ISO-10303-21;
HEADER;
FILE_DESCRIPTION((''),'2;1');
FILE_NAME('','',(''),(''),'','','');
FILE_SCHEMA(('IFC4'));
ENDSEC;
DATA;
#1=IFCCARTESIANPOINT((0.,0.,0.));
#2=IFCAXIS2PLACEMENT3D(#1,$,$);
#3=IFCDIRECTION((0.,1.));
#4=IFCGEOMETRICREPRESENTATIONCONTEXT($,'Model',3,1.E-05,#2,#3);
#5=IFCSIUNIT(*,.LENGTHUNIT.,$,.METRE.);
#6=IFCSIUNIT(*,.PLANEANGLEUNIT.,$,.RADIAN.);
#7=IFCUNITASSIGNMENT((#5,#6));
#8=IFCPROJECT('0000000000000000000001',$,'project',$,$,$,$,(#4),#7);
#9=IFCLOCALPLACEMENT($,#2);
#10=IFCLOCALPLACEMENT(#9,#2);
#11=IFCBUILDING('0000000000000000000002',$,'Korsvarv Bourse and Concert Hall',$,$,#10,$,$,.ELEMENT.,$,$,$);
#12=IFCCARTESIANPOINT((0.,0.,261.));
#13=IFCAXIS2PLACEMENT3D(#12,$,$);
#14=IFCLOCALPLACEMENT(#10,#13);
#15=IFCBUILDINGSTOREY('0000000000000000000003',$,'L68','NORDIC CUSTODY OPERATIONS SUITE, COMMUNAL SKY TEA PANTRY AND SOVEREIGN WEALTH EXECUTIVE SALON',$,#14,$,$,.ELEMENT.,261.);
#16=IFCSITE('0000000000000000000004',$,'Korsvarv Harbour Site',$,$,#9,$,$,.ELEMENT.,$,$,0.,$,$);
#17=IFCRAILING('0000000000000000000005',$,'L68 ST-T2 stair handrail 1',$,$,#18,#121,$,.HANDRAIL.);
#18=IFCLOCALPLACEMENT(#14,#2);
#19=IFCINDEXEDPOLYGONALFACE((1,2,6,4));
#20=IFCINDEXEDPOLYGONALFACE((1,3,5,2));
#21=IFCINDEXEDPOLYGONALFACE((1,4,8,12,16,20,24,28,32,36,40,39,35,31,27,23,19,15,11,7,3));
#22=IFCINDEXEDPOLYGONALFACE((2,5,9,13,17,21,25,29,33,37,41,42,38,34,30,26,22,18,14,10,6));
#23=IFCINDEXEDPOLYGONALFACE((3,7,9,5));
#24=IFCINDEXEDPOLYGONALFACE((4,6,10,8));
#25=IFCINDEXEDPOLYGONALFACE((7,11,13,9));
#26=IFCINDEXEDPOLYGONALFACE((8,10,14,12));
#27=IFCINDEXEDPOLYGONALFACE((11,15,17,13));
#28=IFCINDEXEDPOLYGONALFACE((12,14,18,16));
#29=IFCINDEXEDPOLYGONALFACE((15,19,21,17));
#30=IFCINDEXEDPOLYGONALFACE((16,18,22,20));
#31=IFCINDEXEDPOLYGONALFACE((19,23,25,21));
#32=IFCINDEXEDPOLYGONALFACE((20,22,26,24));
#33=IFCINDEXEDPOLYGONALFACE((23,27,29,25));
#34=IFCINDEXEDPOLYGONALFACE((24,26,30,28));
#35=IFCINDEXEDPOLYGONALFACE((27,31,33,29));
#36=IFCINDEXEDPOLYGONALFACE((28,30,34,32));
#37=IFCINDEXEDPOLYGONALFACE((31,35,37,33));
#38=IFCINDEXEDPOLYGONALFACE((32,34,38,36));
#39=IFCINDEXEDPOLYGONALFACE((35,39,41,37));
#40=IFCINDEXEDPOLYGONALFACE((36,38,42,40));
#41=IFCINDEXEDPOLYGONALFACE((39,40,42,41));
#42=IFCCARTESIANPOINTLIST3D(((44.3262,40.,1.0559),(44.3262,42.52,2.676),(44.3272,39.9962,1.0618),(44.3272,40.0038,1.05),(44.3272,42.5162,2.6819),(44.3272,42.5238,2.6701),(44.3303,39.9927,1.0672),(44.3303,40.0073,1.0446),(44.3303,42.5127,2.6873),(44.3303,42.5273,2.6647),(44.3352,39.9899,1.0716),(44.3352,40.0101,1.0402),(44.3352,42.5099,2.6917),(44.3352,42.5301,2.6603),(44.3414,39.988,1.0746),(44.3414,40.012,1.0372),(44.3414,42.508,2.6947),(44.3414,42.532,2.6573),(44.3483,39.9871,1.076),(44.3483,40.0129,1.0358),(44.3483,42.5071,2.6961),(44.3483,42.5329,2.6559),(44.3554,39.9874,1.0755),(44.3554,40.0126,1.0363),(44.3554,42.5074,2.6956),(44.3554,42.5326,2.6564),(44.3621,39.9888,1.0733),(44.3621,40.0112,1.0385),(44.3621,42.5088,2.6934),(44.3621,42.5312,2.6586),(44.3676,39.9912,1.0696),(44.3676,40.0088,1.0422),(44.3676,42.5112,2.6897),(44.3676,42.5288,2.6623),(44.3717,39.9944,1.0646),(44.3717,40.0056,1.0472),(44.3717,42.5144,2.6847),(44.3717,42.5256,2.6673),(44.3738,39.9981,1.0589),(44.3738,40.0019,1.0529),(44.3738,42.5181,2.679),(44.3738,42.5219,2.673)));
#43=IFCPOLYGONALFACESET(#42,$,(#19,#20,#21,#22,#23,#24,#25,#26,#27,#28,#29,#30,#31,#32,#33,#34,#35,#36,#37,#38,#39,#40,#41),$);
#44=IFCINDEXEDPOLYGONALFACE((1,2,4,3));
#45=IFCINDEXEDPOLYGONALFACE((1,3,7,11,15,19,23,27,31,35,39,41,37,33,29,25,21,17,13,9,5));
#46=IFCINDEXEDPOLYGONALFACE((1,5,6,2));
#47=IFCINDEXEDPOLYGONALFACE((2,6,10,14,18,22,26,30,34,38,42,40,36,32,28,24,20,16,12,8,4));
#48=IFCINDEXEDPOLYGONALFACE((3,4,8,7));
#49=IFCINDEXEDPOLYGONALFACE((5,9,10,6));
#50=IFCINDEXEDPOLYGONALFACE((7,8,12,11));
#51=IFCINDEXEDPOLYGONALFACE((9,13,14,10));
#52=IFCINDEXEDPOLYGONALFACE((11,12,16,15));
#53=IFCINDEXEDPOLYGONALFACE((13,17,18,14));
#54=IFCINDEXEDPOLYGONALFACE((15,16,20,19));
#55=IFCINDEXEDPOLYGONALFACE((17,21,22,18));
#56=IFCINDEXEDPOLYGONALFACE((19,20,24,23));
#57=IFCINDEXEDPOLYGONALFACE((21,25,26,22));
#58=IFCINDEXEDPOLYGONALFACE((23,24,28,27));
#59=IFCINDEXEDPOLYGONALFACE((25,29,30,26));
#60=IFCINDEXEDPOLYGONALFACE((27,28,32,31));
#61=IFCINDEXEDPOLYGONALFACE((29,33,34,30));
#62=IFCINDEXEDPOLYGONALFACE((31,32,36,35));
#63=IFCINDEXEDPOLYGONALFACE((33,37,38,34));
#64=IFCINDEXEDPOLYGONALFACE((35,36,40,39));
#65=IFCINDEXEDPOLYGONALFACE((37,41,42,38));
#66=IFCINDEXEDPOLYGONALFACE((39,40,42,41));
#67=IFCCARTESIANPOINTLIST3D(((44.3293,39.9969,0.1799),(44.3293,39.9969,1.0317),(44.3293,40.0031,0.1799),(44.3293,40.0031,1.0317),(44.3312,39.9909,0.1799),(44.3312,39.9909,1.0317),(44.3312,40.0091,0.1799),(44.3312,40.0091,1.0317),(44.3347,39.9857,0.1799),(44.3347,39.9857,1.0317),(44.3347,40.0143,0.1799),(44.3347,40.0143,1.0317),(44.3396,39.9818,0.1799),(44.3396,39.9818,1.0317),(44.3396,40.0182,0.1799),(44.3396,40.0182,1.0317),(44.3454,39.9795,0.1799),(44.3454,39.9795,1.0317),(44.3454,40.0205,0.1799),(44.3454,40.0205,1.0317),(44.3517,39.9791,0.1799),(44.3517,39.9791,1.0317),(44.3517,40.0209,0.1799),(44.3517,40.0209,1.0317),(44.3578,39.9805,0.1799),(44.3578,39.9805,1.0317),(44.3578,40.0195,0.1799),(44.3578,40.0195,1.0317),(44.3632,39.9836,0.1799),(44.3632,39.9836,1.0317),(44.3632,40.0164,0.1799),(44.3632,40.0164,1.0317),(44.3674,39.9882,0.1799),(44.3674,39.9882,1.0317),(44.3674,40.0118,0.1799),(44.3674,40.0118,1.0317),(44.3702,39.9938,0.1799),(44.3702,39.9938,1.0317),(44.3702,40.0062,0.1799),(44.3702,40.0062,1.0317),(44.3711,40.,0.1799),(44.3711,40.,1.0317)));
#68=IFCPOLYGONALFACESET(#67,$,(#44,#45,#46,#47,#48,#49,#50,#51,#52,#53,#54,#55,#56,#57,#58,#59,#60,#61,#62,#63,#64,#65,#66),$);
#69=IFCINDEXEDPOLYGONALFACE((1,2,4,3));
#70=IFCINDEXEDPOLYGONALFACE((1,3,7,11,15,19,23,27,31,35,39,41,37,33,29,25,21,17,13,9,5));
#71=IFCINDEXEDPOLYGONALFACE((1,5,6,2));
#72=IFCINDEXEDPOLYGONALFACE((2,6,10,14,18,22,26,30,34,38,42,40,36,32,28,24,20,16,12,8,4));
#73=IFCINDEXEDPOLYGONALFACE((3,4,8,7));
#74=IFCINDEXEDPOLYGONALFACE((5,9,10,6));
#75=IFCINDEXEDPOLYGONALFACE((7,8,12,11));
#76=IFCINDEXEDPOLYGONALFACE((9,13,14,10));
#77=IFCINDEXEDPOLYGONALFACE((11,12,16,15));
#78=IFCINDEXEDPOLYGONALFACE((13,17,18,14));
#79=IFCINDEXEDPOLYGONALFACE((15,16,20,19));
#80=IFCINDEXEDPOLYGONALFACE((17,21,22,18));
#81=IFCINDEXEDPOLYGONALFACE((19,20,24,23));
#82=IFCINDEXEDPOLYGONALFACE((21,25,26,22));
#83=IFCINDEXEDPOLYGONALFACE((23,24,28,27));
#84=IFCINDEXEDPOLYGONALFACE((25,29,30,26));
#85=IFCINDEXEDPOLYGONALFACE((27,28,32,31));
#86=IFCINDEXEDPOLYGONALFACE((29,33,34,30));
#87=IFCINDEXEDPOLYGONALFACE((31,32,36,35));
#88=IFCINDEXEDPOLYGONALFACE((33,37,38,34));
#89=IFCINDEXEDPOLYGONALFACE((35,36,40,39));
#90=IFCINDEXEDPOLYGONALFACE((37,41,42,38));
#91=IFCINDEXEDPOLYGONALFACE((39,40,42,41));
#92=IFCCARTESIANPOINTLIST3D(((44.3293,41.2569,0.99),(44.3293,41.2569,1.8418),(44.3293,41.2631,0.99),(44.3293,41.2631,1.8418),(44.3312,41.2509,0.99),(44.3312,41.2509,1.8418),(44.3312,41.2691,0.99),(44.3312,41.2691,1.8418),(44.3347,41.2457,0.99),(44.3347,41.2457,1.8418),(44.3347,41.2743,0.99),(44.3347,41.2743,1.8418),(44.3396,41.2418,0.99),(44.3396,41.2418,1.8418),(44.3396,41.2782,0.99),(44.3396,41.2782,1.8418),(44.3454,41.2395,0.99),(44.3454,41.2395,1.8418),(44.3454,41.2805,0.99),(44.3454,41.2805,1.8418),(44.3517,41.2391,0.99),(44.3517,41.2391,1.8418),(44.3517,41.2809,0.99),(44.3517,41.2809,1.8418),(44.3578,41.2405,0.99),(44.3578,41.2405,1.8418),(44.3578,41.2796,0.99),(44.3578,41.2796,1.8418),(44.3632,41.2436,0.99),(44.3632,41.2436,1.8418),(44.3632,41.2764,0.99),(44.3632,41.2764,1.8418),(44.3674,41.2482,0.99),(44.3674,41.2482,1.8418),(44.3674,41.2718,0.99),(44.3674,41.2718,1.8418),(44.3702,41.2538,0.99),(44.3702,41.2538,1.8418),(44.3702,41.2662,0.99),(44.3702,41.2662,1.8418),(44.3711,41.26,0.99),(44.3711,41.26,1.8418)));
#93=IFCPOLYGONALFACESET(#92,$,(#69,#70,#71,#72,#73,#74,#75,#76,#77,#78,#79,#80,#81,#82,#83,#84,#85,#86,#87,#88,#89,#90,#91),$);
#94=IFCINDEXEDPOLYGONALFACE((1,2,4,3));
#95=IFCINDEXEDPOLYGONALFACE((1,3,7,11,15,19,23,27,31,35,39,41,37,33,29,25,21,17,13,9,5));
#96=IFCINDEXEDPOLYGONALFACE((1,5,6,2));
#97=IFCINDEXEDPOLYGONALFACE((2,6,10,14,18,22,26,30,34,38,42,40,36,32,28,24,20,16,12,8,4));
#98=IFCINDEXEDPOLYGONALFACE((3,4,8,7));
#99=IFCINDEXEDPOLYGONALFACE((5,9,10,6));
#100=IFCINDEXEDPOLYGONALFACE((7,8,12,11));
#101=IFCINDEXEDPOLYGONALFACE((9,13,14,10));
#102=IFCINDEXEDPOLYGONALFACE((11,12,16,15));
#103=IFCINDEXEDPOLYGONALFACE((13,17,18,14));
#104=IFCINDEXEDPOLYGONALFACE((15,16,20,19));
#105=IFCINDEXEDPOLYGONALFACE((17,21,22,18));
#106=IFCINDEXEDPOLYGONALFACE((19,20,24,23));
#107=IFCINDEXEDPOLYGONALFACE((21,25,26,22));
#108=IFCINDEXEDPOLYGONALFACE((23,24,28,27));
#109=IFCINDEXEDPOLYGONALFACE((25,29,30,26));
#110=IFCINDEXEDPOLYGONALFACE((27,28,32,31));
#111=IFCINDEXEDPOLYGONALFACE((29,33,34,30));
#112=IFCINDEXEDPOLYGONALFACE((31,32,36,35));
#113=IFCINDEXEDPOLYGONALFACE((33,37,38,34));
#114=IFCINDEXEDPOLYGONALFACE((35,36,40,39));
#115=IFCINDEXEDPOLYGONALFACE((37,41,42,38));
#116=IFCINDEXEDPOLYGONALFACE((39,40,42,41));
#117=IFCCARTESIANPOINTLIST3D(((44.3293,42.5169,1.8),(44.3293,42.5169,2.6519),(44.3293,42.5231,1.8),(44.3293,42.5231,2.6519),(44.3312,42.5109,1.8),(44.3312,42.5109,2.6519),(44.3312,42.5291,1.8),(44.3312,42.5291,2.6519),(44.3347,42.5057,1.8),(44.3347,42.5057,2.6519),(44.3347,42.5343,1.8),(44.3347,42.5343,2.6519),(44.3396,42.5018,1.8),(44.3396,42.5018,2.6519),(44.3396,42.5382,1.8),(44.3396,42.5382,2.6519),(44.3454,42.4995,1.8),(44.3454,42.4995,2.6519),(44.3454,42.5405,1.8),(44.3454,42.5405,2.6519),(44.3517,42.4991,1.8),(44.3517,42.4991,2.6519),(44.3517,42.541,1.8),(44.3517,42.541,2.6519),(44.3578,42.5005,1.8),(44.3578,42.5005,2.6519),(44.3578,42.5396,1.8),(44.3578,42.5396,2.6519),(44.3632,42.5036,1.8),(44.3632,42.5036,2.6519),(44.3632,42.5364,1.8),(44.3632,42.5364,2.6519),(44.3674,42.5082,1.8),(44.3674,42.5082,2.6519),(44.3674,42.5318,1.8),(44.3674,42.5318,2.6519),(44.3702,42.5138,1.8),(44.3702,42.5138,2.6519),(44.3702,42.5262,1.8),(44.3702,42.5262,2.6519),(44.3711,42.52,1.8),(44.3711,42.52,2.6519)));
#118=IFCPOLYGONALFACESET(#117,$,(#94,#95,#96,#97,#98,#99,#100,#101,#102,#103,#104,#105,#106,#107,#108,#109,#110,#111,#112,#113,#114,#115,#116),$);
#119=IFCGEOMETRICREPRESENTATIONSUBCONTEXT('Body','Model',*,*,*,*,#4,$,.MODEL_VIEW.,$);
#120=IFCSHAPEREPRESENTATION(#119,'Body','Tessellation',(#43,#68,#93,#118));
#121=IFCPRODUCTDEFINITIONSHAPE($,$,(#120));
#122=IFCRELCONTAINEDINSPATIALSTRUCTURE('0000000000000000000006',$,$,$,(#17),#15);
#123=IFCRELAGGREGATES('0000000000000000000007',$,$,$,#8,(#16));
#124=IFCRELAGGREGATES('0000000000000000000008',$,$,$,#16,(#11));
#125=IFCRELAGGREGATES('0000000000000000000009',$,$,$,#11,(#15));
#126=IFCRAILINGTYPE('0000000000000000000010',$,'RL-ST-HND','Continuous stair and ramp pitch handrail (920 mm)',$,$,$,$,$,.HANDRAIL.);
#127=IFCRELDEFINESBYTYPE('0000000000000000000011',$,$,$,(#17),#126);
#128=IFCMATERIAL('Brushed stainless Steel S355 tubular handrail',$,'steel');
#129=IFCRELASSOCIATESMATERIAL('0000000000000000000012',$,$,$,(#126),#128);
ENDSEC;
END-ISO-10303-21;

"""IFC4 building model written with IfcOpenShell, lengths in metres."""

from ifc_helpers import new_model, si_unit, direction, frame, origin, origin_2d, place, context, subcontext, project, spatial, circle, extrude, material, type_object, element, save


model = new_model("IFC4")

# Units and contexts
model_context = context("Model", 3, precision=1e-05, world=origin(), true_north=direction((0.0, 1.0)))
body_context = subcontext(model_context, "Body", "Model", "MODEL_VIEW")
ifc_project = project(units=[si_unit("LENGTHUNIT", "METRE"), si_unit("PLANEANGLEUNIT", "RADIAN")], contexts=[model_context])

# Site, building, storey
site_placement = place(None, origin())
site = spatial("IfcSite", under=ifc_project, at=site_placement, Name="Korsvarv Harbour Site", CompositionType="ELEMENT", RefElevation=0.0)
building_placement = place(site_placement, origin())
building = spatial("IfcBuilding", under=site, at=building_placement, Name="Korsvarv Bourse and Concert Hall", CompositionType="ELEMENT")
storey_placement = place(building_placement, frame((0.0, 0.0, 261.0)))
storey = spatial("IfcBuildingStorey", under=building, at=storey_placement, Name="L68", Description="NORDIC CUSTODY OPERATIONS SUITE, COMMUNAL SKY TEA PANTRY AND SOVEREIGN WEALTH EXECUTIVE SALON", CompositionType="ELEMENT", Elevation=261.0)

# Railing
ifc_material_1 = material(Name="Brushed stainless Steel S355 tubular handrail", Category="steel")
railing_type_1 = type_object("IfcRailingType", Name="RL-ST-HND", Description="Continuous stair and ramp pitch handrail (920 mm)", PredefinedType="HANDRAIL", material=ifc_material_1)
railing_1_placement = place(storey_placement, frame((44.3501, 40.0, 0.1799)))
element("IfcRailing", 1, at=railing_1_placement, inside=storey, type_object=railing_type_1, Name="L68 ST-T2 stair handrail 1", PredefinedType="HANDRAIL", context=body_context, shape_type="SweptSolid", body=[
    extrude(circle(Radius=0.0239, at=origin_2d()), frame((0.0, 0.0, 0.876), z_axis=(0.0, 0.841163, 0.540782), x_axis=(-1.0, 0.0, 0.0)), (0.0, 0.0, 1.0), 2.9958),
    extrude(circle(Radius=0.021, at=origin_2d()), origin(), (0.0, 0.0, 1.0), 0.8518),
    extrude(circle(Radius=0.021, at=origin_2d()), frame((0.0, 1.26, 0.8101)), (0.0, 0.0, 1.0), 0.8518),
    extrude(circle(Radius=0.021, at=origin_2d()), frame((0.0, 2.52, 1.6201)), (0.0, 0.0, 1.0), 0.8518),
])

save(model, "model.ifc")
